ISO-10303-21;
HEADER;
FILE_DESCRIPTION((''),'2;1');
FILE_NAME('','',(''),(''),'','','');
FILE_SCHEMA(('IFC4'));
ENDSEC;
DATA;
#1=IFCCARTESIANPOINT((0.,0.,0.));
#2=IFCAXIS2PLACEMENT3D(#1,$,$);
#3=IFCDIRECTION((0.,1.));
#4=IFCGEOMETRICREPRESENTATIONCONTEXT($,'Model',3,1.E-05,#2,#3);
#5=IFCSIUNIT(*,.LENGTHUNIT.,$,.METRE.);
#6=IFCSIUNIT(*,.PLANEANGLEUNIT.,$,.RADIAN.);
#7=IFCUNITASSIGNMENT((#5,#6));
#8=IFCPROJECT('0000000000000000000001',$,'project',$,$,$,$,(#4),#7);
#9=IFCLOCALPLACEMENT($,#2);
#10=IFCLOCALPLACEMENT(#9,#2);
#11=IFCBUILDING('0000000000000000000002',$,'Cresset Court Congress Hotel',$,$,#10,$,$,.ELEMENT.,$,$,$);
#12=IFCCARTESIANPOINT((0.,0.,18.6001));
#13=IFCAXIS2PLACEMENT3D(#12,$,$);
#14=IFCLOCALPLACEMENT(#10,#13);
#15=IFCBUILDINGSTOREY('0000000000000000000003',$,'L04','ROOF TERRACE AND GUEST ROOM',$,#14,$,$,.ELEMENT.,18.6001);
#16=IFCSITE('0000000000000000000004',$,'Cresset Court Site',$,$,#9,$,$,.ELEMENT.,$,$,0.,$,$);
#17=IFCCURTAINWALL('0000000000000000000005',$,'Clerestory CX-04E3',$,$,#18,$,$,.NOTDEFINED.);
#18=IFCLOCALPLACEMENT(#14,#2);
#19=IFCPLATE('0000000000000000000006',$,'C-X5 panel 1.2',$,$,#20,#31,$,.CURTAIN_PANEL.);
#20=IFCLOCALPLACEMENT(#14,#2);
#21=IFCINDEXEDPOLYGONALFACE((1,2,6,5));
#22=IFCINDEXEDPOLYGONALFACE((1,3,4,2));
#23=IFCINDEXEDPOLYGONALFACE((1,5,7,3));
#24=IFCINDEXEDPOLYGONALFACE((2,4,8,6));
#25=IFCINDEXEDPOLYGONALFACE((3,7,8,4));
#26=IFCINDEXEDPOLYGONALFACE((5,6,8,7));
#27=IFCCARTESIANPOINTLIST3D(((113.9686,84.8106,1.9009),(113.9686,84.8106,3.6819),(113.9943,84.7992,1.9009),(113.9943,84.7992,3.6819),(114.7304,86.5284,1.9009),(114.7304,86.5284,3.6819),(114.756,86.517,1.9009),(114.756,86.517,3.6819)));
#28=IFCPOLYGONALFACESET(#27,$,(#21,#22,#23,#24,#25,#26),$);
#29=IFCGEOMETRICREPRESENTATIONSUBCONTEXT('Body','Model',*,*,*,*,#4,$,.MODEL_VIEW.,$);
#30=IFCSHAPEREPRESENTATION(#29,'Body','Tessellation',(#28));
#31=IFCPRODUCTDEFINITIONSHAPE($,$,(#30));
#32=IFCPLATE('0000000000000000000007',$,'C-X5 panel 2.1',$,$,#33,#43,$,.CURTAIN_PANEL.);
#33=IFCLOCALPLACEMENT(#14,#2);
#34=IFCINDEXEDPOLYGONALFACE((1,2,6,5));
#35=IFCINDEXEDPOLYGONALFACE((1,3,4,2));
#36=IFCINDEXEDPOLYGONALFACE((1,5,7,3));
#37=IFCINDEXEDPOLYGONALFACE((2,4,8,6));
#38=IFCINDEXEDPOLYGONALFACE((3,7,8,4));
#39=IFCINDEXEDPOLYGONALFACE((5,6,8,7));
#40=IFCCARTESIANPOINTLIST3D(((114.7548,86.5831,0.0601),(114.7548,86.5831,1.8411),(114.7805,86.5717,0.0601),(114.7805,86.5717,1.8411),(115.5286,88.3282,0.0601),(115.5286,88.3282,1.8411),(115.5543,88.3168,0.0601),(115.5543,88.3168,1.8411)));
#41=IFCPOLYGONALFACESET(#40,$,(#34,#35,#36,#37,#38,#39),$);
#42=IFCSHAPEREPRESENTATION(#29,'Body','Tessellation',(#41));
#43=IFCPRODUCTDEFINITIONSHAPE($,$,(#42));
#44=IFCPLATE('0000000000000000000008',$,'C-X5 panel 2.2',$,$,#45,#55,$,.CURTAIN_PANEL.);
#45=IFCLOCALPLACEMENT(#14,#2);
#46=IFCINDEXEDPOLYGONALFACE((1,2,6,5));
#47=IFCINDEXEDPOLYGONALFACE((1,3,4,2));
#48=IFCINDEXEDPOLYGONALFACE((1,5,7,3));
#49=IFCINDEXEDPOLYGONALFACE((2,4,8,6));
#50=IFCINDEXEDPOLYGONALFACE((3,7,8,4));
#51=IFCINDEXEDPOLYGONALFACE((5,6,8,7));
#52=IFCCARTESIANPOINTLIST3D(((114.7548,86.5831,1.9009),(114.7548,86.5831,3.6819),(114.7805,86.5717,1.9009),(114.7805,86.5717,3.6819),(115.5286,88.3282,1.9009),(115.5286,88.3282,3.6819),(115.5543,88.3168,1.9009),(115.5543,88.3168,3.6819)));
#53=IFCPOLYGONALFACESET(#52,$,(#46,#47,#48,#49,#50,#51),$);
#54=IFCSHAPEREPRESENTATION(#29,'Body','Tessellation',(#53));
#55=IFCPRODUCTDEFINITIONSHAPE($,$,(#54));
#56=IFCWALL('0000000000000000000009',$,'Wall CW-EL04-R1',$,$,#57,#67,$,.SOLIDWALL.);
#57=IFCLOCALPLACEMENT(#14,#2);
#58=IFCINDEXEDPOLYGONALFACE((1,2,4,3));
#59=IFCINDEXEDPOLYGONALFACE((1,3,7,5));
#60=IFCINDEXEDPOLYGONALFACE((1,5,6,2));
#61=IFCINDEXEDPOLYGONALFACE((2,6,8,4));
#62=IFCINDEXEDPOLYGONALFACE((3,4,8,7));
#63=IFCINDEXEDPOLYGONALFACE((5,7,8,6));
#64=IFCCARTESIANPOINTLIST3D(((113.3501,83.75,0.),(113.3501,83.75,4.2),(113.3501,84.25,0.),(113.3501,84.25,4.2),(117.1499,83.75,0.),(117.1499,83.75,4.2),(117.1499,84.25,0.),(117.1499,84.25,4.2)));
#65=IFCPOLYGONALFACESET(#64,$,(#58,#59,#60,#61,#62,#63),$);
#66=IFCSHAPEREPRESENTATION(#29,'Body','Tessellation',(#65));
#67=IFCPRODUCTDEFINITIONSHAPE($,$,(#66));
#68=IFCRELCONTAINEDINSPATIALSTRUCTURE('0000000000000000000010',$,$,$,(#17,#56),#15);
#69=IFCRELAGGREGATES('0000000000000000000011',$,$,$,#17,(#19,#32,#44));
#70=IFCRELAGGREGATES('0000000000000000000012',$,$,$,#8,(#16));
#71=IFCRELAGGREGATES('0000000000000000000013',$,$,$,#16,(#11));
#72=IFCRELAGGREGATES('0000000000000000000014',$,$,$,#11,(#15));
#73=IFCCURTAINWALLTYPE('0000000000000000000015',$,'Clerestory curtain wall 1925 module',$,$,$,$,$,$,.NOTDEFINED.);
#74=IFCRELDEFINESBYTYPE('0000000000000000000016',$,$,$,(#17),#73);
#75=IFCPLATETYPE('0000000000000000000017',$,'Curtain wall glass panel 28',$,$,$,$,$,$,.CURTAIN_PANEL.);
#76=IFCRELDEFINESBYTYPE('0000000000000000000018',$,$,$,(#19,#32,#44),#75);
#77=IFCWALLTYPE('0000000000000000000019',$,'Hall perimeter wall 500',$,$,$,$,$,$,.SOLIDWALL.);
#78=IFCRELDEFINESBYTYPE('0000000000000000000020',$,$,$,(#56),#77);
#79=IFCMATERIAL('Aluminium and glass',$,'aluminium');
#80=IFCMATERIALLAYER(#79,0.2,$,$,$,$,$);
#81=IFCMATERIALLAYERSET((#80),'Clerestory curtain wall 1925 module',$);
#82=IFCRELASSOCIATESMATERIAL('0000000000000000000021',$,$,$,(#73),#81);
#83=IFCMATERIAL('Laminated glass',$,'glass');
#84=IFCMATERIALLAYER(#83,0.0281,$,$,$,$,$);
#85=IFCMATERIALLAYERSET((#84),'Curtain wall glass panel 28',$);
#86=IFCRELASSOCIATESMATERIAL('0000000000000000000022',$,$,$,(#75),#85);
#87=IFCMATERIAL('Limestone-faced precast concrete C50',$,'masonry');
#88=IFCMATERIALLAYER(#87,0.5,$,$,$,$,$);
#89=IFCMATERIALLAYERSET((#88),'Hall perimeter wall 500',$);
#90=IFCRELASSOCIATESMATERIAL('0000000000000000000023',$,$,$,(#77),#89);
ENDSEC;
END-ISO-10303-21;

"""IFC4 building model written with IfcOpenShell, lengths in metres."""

from ifc_helpers import new_model, si_unit, direction, frame, frame_2d, origin, origin_2d, place, context, subcontext, project, spatial, rectangle, extrude, material, layer, layer_set, type_object, element, aggregate, save


model = new_model("IFC4")

# Units and contexts
model_context = context("Model", 3, precision=1e-05, world=origin(), true_north=direction((0.0, 1.0)))
body_context = subcontext(model_context, "Body", "Model", "MODEL_VIEW")
ifc_project = project(units=[si_unit("LENGTHUNIT", "METRE"), si_unit("PLANEANGLEUNIT", "RADIAN")], contexts=[model_context])

# Site, building, storey
site_placement = place(None, origin())
site = spatial("IfcSite", under=ifc_project, at=site_placement, Name="Cresset Court Site", CompositionType="ELEMENT", RefElevation=0.0)
building_placement = place(site_placement, origin())
building = spatial("IfcBuilding", under=site, at=building_placement, Name="Cresset Court Congress Hotel", CompositionType="ELEMENT")
storey_placement = place(building_placement, frame((0.0, 0.0, 18.6001)))
storey = spatial("IfcBuildingStorey", under=building, at=storey_placement, Name="L04", Description="ROOF TERRACE AND GUEST ROOM", CompositionType="ELEMENT", Elevation=18.6001)

# Curtain wall
ifc_material_1 = material(Name="Aluminium and glass", Category="aluminium")
ifc_layer_1 = layer(ifc_material_1, 0.2)
ifc_layer_set_1 = layer_set([ifc_layer_1], Name="Clerestory curtain wall 1925 module")
curtain_wall_type = type_object("IfcCurtainWallType", Name="Clerestory curtain wall 1925 module", PredefinedType="NOTDEFINED", material=ifc_layer_set_1)
curtain_wall_1_placement = place(storey_placement, origin())
curtain_wall_1 = element("IfcCurtainWall", 1, at=curtain_wall_1_placement, inside=storey, type_object=curtain_wall_type, Name="Clerestory CX-04E3", PredefinedType="NOTDEFINED")

# Plates
ifc_material_2 = material(Name="Laminated glass", Category="glass")
ifc_layer_2 = layer(ifc_material_2, 0.0281)
ifc_layer_set_2 = layer_set([ifc_layer_2], Name="Curtain wall glass panel 28")
plate_type = type_object("IfcPlateType", Name="Curtain wall glass panel 28", PredefinedType="CURTAIN_PANEL", material=ifc_layer_set_2)
plate_1_placement = place(storey_placement, frame((114.3623, 85.6638, 1.9009), z_axis=(0.0, 0.0, 1.0), x_axis=(0.405381, 0.914148, 0.0)))
plate_1 = element("IfcPlate", 2, at=plate_1_placement, type_object=plate_type, Name="C-X5 panel 1.2", PredefinedType="CURTAIN_PANEL", context=body_context, shape_type="SweptSolid", body=[
    extrude(rectangle(XDim=1.8792, YDim=0.0281, at=origin_2d()), origin(), (0.0, 0.0, 1.0), 1.781),
])
plate_2_placement = place(storey_placement, frame((115.1545, 87.45, 0.0601), z_axis=(0.0, 0.0, 1.0), x_axis=(0.405381, 0.914148, 0.0)))
plate_2 = element("IfcPlate", 3, at=plate_2_placement, type_object=plate_type, Name="C-X5 panel 2.1", PredefinedType="CURTAIN_PANEL", context=body_context, shape_type="SweptSolid", body=[
    extrude(rectangle(XDim=1.9089, YDim=0.0281, at=origin_2d()), origin(), (0.0, 0.0, 1.0), 1.781),
])
plate_3_placement = place(storey_placement, frame((115.1545, 87.45, 1.9009), z_axis=(0.0, 0.0, 1.0), x_axis=(0.405381, 0.914148, 0.0)))
plate_3 = element("IfcPlate", 4, at=plate_3_placement, type_object=plate_type, Name="C-X5 panel 2.2", PredefinedType="CURTAIN_PANEL", context=body_context, shape_type="SweptSolid", body=[
    extrude(rectangle(XDim=1.9089, YDim=0.0281, at=origin_2d()), origin(), (0.0, 0.0, 1.0), 1.781),
])
aggregate(curtain_wall_1, [plate_1, plate_2, plate_3])

# Wall
ifc_material_3 = material(Name="Limestone-faced precast concrete C50", Category="masonry")
ifc_layer_3 = layer(ifc_material_3, 0.5)
ifc_layer_set_3 = layer_set([ifc_layer_3], Name="Hall perimeter wall 500")
wall_type = type_object("IfcWallType", Name="Hall perimeter wall 500", PredefinedType="SOLIDWALL", material=ifc_layer_set_3)
wall_placement = place(storey_placement, frame((113.3501, 84.0, 0.0), z_axis=(0.0, 0.0, 1.0), x_axis=(1.0, 0.0, 0.0)))
element("IfcWall", 5, at=wall_placement, inside=storey, type_object=wall_type, Name="Wall CW-EL04-R1", PredefinedType="SOLIDWALL", context=body_context, shape_type="SweptSolid", body=[
    extrude(rectangle(XDim=3.7998, YDim=0.5, at=frame_2d((1.8999, 0.0))), origin(), (0.0, 0.0, 1.0), 4.2),
])

save(model, "model.ifc")
